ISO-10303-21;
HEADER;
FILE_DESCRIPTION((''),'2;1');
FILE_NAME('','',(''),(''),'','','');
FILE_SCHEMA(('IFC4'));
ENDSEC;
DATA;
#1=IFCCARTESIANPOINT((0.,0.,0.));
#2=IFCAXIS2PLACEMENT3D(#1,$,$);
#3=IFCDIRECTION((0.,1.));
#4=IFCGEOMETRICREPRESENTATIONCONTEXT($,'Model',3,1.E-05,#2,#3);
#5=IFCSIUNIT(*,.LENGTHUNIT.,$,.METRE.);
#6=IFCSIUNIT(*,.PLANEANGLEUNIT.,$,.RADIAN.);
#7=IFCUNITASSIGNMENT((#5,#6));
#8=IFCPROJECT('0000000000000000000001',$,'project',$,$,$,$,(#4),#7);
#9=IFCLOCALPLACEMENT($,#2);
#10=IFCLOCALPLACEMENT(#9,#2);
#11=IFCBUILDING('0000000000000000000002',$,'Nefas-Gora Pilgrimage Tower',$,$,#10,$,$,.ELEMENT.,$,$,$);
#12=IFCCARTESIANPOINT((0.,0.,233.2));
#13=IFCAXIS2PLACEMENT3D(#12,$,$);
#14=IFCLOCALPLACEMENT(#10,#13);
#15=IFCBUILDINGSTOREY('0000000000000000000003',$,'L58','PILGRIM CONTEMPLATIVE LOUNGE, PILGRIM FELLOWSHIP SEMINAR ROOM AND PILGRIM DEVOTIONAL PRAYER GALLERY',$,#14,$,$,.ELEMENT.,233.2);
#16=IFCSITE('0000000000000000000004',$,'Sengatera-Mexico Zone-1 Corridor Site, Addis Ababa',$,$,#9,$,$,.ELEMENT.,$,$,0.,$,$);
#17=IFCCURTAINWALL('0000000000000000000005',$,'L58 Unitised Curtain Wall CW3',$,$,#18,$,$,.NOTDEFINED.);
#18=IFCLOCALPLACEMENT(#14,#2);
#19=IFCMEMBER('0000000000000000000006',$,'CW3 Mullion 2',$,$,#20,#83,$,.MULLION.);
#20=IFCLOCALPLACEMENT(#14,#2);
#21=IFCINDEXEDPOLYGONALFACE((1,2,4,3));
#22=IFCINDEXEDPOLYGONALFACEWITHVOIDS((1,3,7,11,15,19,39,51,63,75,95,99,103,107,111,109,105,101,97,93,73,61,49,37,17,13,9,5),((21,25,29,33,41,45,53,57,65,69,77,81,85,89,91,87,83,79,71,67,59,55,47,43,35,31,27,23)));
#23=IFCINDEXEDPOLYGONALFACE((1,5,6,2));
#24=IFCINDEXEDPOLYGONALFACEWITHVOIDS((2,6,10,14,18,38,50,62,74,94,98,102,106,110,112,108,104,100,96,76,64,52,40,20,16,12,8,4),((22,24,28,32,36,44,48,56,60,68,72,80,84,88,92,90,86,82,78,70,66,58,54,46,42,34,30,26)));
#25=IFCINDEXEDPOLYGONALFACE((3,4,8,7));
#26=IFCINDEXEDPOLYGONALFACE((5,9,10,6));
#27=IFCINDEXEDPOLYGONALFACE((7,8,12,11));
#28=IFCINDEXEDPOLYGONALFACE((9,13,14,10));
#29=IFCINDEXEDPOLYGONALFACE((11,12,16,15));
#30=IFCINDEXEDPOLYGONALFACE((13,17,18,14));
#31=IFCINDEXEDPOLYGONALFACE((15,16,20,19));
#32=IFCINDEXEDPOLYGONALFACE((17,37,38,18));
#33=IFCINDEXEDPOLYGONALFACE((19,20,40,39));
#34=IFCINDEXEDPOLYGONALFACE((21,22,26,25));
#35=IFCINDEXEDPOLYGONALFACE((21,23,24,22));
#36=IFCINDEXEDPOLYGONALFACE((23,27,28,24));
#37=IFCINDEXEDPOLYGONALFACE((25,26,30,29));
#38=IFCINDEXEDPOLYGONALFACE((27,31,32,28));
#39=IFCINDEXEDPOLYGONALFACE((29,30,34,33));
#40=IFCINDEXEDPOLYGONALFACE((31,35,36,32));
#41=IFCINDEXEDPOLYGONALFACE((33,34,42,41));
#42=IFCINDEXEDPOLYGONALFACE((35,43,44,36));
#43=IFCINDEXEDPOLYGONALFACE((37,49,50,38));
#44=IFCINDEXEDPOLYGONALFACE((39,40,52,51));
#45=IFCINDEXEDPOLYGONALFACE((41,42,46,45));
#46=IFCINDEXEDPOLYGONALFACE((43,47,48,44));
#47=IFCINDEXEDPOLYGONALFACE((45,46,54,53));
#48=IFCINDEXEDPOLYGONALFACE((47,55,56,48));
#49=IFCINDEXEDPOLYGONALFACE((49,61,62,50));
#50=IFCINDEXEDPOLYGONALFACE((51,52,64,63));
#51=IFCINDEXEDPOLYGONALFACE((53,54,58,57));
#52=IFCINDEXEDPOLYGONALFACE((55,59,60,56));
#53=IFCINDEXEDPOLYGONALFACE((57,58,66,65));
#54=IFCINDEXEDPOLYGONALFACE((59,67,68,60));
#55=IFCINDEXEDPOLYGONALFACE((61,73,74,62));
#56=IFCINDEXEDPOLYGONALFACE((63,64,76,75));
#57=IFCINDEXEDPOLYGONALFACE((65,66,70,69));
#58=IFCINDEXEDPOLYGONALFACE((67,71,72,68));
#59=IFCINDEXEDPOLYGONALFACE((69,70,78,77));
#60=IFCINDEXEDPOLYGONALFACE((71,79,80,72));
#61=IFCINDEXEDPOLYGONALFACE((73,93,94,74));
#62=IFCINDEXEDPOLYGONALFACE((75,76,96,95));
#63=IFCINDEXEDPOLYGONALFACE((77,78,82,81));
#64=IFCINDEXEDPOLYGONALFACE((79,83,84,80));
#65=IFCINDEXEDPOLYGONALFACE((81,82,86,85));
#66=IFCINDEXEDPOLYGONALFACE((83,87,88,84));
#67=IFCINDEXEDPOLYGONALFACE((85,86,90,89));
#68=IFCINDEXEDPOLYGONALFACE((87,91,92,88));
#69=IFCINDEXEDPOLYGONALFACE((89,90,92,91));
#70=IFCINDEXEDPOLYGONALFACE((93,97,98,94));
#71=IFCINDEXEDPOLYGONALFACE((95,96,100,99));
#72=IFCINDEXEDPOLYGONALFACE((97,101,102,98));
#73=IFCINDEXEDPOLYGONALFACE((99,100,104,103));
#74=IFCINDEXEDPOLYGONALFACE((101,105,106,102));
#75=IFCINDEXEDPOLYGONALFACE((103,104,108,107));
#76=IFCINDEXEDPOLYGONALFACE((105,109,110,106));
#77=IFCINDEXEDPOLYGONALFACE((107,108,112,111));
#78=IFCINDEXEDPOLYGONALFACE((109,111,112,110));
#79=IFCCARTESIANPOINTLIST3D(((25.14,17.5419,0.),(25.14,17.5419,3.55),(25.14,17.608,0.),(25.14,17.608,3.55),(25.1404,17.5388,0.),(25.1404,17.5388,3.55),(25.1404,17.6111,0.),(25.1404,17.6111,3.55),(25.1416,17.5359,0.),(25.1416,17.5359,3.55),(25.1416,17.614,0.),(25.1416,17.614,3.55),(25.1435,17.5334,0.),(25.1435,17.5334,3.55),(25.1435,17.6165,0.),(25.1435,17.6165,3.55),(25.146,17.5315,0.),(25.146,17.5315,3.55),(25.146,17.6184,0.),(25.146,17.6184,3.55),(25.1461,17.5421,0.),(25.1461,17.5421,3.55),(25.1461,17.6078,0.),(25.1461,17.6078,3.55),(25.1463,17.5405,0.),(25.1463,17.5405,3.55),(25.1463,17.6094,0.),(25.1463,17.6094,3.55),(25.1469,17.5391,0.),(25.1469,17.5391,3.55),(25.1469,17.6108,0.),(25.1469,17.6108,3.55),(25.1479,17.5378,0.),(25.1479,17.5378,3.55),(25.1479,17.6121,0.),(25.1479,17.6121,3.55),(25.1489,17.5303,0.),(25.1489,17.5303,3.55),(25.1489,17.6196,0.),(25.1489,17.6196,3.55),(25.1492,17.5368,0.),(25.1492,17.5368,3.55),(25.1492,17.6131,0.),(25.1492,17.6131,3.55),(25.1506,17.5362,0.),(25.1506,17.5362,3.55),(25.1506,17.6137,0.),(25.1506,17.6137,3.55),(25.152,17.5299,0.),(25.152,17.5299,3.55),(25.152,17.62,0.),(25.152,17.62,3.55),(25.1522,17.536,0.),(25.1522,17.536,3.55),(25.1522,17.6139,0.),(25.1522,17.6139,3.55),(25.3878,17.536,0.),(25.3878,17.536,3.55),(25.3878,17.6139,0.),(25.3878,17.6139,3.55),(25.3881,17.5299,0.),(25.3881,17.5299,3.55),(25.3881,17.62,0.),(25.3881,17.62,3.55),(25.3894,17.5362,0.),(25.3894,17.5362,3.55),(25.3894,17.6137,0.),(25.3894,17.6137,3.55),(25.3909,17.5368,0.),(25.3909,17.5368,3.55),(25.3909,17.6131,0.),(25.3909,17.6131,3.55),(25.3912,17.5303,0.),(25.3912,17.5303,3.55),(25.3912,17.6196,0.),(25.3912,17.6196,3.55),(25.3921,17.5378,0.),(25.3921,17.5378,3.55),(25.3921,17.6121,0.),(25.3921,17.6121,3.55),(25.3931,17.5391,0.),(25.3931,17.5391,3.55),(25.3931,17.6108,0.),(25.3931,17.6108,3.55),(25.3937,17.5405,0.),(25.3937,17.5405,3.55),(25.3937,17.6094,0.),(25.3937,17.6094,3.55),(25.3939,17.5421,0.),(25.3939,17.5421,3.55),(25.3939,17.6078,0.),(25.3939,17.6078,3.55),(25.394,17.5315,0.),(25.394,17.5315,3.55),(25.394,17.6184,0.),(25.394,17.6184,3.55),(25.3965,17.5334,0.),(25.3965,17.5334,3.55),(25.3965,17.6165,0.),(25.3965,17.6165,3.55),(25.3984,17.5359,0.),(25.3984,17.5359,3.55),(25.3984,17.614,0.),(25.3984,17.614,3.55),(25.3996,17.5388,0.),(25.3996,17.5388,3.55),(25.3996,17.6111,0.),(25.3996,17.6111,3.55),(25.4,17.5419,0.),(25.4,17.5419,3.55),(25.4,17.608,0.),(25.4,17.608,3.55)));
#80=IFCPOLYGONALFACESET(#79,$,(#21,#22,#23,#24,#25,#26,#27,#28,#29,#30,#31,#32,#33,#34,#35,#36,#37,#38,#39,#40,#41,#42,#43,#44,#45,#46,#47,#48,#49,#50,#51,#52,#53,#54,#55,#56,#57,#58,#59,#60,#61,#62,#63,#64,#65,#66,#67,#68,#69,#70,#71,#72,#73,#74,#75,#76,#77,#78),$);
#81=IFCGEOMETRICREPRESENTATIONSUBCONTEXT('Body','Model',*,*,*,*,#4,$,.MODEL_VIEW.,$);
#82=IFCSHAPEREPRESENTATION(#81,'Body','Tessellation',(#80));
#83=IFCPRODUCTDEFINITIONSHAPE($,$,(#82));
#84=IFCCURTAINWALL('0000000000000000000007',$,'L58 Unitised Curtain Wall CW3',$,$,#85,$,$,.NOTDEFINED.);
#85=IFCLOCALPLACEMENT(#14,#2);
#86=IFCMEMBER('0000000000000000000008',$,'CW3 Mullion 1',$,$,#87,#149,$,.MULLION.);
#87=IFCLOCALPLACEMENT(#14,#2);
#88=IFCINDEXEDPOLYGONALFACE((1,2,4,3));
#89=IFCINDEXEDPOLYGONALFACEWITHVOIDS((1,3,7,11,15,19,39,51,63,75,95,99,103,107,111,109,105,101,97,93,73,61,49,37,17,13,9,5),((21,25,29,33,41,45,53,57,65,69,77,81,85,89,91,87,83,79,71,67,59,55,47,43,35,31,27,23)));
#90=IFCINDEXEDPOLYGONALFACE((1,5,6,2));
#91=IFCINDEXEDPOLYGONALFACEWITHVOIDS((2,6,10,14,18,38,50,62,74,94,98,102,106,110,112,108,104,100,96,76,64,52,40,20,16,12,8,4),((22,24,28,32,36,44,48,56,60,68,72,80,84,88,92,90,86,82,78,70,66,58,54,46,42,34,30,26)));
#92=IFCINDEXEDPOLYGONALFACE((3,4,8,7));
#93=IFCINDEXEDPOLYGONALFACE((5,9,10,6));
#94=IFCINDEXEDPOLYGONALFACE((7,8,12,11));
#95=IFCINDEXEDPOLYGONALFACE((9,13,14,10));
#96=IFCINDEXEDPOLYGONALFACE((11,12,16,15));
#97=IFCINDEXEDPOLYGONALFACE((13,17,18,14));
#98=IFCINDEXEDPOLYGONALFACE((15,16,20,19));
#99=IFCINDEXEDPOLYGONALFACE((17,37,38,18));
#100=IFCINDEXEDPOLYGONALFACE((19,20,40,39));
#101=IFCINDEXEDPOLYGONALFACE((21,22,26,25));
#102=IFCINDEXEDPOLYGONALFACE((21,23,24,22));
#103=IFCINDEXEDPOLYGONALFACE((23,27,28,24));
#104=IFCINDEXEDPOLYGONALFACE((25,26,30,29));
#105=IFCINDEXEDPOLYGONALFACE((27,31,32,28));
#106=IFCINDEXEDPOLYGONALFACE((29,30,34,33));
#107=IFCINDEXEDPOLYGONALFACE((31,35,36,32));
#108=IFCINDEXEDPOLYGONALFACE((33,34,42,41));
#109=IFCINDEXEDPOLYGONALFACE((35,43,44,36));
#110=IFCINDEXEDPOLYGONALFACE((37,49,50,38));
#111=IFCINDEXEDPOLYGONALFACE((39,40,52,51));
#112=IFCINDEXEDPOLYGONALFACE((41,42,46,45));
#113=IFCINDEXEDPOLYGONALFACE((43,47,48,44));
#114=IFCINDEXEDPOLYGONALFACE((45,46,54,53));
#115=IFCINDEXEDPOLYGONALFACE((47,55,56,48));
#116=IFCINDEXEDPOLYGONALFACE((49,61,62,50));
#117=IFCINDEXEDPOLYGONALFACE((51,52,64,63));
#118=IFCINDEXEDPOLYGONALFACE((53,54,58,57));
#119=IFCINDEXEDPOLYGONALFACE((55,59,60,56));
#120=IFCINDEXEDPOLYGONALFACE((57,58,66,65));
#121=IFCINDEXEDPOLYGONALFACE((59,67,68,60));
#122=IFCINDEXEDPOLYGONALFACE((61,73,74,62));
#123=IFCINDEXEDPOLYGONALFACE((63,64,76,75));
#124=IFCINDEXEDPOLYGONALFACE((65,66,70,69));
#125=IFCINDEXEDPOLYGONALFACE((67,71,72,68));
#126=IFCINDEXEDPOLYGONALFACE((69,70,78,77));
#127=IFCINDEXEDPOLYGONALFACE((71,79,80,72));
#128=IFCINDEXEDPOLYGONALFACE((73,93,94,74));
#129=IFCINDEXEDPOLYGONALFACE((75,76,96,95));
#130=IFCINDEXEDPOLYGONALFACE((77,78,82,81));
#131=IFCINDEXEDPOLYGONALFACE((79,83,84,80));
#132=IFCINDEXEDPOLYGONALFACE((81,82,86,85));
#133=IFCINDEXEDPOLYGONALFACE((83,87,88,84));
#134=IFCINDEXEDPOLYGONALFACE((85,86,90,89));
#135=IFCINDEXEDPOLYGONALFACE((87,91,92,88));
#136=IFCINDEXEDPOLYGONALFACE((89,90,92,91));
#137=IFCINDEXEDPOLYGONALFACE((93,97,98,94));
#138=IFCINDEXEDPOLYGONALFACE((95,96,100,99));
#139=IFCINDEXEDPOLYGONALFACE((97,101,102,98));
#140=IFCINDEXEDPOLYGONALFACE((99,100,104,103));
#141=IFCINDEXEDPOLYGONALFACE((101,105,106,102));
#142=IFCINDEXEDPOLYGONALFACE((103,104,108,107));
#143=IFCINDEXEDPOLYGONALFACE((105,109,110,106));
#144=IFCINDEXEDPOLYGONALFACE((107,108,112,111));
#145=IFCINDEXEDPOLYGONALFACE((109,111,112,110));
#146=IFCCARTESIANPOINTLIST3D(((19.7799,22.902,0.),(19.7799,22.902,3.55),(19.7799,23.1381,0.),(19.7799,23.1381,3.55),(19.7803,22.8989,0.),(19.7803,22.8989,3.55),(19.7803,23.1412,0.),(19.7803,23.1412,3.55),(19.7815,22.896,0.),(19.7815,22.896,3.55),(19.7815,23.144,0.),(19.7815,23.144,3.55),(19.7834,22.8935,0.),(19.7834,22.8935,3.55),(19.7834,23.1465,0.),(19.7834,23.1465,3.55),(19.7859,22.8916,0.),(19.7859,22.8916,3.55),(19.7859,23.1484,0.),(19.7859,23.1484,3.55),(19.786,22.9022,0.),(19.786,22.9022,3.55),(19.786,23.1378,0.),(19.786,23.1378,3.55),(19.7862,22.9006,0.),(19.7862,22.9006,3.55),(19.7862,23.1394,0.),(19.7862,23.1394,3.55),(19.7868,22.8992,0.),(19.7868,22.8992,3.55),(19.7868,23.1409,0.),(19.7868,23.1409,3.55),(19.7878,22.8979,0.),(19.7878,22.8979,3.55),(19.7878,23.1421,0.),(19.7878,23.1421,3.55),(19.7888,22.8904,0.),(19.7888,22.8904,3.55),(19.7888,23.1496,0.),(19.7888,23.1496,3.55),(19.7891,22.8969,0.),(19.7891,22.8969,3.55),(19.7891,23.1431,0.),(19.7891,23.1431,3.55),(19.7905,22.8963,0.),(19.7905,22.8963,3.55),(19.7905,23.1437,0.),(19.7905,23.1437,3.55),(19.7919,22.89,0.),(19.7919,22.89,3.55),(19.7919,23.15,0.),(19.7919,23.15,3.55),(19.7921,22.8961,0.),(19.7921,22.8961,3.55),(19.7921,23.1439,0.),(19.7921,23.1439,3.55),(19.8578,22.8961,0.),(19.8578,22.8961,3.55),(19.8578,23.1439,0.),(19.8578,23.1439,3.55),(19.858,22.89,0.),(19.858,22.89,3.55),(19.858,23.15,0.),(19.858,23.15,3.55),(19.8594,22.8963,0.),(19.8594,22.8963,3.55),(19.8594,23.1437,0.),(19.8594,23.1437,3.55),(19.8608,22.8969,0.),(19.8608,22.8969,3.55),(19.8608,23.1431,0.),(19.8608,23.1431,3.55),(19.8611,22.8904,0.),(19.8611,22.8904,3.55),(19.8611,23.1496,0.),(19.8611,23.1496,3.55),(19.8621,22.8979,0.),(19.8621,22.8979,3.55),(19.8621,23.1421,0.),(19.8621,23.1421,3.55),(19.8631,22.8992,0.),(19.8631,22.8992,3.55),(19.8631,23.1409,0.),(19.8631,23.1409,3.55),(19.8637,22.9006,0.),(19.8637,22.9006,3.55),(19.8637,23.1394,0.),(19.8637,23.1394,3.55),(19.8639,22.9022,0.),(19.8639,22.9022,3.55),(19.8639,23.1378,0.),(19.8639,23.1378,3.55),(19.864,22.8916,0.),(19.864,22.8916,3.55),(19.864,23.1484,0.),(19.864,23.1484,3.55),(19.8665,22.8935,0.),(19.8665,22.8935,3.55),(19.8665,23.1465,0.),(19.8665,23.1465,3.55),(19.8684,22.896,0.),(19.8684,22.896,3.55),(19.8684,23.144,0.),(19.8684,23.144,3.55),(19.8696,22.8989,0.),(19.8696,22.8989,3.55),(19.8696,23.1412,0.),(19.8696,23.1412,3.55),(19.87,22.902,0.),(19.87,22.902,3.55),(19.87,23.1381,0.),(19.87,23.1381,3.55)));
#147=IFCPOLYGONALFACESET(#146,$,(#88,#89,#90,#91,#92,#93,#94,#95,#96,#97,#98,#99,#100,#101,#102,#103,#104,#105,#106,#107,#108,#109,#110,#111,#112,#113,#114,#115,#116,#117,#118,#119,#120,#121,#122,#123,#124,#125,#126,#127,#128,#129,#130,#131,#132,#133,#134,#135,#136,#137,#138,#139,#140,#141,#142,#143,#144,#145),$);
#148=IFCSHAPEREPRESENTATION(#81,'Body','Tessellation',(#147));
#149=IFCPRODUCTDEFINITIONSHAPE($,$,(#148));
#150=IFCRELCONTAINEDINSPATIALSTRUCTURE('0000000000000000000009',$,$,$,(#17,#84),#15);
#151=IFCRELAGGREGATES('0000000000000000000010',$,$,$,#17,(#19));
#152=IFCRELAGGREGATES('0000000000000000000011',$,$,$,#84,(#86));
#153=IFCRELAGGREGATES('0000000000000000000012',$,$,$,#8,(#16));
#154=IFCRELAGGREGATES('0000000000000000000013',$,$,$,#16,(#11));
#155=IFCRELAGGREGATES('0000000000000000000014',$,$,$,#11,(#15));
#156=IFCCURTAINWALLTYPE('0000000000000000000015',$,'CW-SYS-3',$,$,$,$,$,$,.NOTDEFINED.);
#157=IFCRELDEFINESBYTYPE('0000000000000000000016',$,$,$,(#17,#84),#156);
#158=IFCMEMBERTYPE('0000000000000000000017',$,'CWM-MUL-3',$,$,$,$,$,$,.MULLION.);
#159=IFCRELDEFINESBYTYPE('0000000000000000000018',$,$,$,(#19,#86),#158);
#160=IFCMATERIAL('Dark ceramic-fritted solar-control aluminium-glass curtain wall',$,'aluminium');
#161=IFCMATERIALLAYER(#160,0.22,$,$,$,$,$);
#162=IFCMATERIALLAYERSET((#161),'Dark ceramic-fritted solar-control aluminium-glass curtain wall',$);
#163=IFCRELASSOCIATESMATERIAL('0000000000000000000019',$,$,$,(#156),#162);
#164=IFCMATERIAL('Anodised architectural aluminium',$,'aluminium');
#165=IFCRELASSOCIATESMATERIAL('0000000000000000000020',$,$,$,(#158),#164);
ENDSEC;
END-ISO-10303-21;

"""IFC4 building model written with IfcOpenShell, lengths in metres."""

from ifc_helpers import new_model, si_unit, direction, frame, origin, origin_2d, place, context, subcontext, project, spatial, hollow_rectangle, extrude, source, transform, mapped, material, layer, layer_set, material_profile, profile_set, type_object, element, aggregate, save


model = new_model("IFC4")

# Units and contexts
model_context = context("Model", 3, precision=1e-05, world=origin(), true_north=direction((0.0, 1.0)))
body_context = subcontext(model_context, "Body", "Model", "MODEL_VIEW")
ifc_project = project(units=[si_unit("LENGTHUNIT", "METRE"), si_unit("PLANEANGLEUNIT", "RADIAN")], contexts=[model_context])

# Site, building, storey
site_placement = place(None, origin())
site = spatial("IfcSite", under=ifc_project, at=site_placement, Name="Sengatera-Mexico Zone-1 Corridor Site, Addis Ababa", CompositionType="ELEMENT", RefElevation=0.0)
building_placement = place(site_placement, origin())
building = spatial("IfcBuilding", under=site, at=building_placement, Name="Nefas-Gora Pilgrimage Tower", CompositionType="ELEMENT")
storey_placement = place(building_placement, frame((0.0, 0.0, 233.2)))
storey = spatial("IfcBuildingStorey", under=building, at=storey_placement, Name="L58", Description="PILGRIM CONTEMPLATIVE LOUNGE, PILGRIM FELLOWSHIP SEMINAR ROOM AND PILGRIM DEVOTIONAL PRAYER GALLERY", CompositionType="ELEMENT", Elevation=233.2)

# Curtain wall, member
ifc_material_1 = material(Name="Dark ceramic-fritted solar-control aluminium-glass curtain wall", Category="aluminium")
ifc_layer_1 = layer(ifc_material_1, 0.22)
ifc_layer_set_1 = layer_set([ifc_layer_1], Name="Dark ceramic-fritted solar-control aluminium-glass curtain wall")
curtain_wall_type = type_object("IfcCurtainWallType", Name="CW-SYS-3", PredefinedType="NOTDEFINED", material=ifc_layer_set_1)
curtain_wall_1_placement = place(storey_placement, origin())
curtain_wall_1 = element("IfcCurtainWall", 1, at=curtain_wall_1_placement, inside=storey, type_object=curtain_wall_type, Name="L58 Unitised Curtain Wall CW3", PredefinedType="NOTDEFINED")
ifc_material_2 = material(Name="Anodised architectural aluminium", Category="aluminium")
ifc_material_profile_1 = material_profile(ifc_material_2, hollow_rectangle(XDim=0.0901, YDim=0.26, WallThickness=0.0061, InnerFilletRadius=0.0061, OuterFilletRadius=0.012, at=origin_2d()), Name="ALU MULLION 90x260")
ifc_profile_set_1 = profile_set([ifc_material_profile_1], Name="Anodised architectural aluminium")
member_type_1 = type_object("IfcMemberType", Name="CWM-MUL-3", PredefinedType="MULLION", material=ifc_profile_set_1)
shared_shape_1 = source(origin(), body_context, "Body", "SweptSolid", [
    extrude(hollow_rectangle(XDim=0.0901, YDim=0.26, WallThickness=0.0061, InnerFilletRadius=0.0061, OuterFilletRadius=0.012, at=origin_2d()), origin(), (0.0, 0.0, 1.0), 3.55),
])
member_1_placement = place(storey_placement, frame((25.27, 17.575, 0.0), z_axis=(0.0, 0.0, 1.0), x_axis=(0.0, 1.0, 0.0)))
member_1 = element("IfcMember", 2, at=member_1_placement, type_object=member_type_1, Name="CW3 Mullion 2", PredefinedType="MULLION", context=body_context, shape_type="MappedRepresentation", body=[
    mapped(shared_shape_1, transform((0.0, 0.0, 0.0), x_axis=(1.0, 0.0, 0.0), y_axis=(0.0, 1.0, 0.0), z_axis=(0.0, 0.0, 1.0), scale=1.0)),
])
aggregate(curtain_wall_1, [member_1])

# Curtain wall, member
curtain_wall_2_placement = place(storey_placement, origin())
curtain_wall_2 = element("IfcCurtainWall", 3, at=curtain_wall_2_placement, inside=storey, type_object=curtain_wall_type, Name="L58 Unitised Curtain Wall CW3", PredefinedType="NOTDEFINED")
member_2_placement = place(storey_placement, frame((19.825, 23.02, 0.0), z_axis=(0.0, 0.0, 1.0), x_axis=(-1.0, 0.0, 0.0)))
member_2 = element("IfcMember", 4, at=member_2_placement, type_object=member_type_1, Name="CW3 Mullion 1", PredefinedType="MULLION", context=body_context, shape_type="MappedRepresentation", body=[
    mapped(shared_shape_1, transform((0.0, 0.0, 0.0), x_axis=(1.0, 0.0, 0.0), y_axis=(0.0, 1.0, 0.0), z_axis=(0.0, 0.0, 1.0), scale=1.0)),
])
aggregate(curtain_wall_2, [member_2])

save(model, "model.ifc")
